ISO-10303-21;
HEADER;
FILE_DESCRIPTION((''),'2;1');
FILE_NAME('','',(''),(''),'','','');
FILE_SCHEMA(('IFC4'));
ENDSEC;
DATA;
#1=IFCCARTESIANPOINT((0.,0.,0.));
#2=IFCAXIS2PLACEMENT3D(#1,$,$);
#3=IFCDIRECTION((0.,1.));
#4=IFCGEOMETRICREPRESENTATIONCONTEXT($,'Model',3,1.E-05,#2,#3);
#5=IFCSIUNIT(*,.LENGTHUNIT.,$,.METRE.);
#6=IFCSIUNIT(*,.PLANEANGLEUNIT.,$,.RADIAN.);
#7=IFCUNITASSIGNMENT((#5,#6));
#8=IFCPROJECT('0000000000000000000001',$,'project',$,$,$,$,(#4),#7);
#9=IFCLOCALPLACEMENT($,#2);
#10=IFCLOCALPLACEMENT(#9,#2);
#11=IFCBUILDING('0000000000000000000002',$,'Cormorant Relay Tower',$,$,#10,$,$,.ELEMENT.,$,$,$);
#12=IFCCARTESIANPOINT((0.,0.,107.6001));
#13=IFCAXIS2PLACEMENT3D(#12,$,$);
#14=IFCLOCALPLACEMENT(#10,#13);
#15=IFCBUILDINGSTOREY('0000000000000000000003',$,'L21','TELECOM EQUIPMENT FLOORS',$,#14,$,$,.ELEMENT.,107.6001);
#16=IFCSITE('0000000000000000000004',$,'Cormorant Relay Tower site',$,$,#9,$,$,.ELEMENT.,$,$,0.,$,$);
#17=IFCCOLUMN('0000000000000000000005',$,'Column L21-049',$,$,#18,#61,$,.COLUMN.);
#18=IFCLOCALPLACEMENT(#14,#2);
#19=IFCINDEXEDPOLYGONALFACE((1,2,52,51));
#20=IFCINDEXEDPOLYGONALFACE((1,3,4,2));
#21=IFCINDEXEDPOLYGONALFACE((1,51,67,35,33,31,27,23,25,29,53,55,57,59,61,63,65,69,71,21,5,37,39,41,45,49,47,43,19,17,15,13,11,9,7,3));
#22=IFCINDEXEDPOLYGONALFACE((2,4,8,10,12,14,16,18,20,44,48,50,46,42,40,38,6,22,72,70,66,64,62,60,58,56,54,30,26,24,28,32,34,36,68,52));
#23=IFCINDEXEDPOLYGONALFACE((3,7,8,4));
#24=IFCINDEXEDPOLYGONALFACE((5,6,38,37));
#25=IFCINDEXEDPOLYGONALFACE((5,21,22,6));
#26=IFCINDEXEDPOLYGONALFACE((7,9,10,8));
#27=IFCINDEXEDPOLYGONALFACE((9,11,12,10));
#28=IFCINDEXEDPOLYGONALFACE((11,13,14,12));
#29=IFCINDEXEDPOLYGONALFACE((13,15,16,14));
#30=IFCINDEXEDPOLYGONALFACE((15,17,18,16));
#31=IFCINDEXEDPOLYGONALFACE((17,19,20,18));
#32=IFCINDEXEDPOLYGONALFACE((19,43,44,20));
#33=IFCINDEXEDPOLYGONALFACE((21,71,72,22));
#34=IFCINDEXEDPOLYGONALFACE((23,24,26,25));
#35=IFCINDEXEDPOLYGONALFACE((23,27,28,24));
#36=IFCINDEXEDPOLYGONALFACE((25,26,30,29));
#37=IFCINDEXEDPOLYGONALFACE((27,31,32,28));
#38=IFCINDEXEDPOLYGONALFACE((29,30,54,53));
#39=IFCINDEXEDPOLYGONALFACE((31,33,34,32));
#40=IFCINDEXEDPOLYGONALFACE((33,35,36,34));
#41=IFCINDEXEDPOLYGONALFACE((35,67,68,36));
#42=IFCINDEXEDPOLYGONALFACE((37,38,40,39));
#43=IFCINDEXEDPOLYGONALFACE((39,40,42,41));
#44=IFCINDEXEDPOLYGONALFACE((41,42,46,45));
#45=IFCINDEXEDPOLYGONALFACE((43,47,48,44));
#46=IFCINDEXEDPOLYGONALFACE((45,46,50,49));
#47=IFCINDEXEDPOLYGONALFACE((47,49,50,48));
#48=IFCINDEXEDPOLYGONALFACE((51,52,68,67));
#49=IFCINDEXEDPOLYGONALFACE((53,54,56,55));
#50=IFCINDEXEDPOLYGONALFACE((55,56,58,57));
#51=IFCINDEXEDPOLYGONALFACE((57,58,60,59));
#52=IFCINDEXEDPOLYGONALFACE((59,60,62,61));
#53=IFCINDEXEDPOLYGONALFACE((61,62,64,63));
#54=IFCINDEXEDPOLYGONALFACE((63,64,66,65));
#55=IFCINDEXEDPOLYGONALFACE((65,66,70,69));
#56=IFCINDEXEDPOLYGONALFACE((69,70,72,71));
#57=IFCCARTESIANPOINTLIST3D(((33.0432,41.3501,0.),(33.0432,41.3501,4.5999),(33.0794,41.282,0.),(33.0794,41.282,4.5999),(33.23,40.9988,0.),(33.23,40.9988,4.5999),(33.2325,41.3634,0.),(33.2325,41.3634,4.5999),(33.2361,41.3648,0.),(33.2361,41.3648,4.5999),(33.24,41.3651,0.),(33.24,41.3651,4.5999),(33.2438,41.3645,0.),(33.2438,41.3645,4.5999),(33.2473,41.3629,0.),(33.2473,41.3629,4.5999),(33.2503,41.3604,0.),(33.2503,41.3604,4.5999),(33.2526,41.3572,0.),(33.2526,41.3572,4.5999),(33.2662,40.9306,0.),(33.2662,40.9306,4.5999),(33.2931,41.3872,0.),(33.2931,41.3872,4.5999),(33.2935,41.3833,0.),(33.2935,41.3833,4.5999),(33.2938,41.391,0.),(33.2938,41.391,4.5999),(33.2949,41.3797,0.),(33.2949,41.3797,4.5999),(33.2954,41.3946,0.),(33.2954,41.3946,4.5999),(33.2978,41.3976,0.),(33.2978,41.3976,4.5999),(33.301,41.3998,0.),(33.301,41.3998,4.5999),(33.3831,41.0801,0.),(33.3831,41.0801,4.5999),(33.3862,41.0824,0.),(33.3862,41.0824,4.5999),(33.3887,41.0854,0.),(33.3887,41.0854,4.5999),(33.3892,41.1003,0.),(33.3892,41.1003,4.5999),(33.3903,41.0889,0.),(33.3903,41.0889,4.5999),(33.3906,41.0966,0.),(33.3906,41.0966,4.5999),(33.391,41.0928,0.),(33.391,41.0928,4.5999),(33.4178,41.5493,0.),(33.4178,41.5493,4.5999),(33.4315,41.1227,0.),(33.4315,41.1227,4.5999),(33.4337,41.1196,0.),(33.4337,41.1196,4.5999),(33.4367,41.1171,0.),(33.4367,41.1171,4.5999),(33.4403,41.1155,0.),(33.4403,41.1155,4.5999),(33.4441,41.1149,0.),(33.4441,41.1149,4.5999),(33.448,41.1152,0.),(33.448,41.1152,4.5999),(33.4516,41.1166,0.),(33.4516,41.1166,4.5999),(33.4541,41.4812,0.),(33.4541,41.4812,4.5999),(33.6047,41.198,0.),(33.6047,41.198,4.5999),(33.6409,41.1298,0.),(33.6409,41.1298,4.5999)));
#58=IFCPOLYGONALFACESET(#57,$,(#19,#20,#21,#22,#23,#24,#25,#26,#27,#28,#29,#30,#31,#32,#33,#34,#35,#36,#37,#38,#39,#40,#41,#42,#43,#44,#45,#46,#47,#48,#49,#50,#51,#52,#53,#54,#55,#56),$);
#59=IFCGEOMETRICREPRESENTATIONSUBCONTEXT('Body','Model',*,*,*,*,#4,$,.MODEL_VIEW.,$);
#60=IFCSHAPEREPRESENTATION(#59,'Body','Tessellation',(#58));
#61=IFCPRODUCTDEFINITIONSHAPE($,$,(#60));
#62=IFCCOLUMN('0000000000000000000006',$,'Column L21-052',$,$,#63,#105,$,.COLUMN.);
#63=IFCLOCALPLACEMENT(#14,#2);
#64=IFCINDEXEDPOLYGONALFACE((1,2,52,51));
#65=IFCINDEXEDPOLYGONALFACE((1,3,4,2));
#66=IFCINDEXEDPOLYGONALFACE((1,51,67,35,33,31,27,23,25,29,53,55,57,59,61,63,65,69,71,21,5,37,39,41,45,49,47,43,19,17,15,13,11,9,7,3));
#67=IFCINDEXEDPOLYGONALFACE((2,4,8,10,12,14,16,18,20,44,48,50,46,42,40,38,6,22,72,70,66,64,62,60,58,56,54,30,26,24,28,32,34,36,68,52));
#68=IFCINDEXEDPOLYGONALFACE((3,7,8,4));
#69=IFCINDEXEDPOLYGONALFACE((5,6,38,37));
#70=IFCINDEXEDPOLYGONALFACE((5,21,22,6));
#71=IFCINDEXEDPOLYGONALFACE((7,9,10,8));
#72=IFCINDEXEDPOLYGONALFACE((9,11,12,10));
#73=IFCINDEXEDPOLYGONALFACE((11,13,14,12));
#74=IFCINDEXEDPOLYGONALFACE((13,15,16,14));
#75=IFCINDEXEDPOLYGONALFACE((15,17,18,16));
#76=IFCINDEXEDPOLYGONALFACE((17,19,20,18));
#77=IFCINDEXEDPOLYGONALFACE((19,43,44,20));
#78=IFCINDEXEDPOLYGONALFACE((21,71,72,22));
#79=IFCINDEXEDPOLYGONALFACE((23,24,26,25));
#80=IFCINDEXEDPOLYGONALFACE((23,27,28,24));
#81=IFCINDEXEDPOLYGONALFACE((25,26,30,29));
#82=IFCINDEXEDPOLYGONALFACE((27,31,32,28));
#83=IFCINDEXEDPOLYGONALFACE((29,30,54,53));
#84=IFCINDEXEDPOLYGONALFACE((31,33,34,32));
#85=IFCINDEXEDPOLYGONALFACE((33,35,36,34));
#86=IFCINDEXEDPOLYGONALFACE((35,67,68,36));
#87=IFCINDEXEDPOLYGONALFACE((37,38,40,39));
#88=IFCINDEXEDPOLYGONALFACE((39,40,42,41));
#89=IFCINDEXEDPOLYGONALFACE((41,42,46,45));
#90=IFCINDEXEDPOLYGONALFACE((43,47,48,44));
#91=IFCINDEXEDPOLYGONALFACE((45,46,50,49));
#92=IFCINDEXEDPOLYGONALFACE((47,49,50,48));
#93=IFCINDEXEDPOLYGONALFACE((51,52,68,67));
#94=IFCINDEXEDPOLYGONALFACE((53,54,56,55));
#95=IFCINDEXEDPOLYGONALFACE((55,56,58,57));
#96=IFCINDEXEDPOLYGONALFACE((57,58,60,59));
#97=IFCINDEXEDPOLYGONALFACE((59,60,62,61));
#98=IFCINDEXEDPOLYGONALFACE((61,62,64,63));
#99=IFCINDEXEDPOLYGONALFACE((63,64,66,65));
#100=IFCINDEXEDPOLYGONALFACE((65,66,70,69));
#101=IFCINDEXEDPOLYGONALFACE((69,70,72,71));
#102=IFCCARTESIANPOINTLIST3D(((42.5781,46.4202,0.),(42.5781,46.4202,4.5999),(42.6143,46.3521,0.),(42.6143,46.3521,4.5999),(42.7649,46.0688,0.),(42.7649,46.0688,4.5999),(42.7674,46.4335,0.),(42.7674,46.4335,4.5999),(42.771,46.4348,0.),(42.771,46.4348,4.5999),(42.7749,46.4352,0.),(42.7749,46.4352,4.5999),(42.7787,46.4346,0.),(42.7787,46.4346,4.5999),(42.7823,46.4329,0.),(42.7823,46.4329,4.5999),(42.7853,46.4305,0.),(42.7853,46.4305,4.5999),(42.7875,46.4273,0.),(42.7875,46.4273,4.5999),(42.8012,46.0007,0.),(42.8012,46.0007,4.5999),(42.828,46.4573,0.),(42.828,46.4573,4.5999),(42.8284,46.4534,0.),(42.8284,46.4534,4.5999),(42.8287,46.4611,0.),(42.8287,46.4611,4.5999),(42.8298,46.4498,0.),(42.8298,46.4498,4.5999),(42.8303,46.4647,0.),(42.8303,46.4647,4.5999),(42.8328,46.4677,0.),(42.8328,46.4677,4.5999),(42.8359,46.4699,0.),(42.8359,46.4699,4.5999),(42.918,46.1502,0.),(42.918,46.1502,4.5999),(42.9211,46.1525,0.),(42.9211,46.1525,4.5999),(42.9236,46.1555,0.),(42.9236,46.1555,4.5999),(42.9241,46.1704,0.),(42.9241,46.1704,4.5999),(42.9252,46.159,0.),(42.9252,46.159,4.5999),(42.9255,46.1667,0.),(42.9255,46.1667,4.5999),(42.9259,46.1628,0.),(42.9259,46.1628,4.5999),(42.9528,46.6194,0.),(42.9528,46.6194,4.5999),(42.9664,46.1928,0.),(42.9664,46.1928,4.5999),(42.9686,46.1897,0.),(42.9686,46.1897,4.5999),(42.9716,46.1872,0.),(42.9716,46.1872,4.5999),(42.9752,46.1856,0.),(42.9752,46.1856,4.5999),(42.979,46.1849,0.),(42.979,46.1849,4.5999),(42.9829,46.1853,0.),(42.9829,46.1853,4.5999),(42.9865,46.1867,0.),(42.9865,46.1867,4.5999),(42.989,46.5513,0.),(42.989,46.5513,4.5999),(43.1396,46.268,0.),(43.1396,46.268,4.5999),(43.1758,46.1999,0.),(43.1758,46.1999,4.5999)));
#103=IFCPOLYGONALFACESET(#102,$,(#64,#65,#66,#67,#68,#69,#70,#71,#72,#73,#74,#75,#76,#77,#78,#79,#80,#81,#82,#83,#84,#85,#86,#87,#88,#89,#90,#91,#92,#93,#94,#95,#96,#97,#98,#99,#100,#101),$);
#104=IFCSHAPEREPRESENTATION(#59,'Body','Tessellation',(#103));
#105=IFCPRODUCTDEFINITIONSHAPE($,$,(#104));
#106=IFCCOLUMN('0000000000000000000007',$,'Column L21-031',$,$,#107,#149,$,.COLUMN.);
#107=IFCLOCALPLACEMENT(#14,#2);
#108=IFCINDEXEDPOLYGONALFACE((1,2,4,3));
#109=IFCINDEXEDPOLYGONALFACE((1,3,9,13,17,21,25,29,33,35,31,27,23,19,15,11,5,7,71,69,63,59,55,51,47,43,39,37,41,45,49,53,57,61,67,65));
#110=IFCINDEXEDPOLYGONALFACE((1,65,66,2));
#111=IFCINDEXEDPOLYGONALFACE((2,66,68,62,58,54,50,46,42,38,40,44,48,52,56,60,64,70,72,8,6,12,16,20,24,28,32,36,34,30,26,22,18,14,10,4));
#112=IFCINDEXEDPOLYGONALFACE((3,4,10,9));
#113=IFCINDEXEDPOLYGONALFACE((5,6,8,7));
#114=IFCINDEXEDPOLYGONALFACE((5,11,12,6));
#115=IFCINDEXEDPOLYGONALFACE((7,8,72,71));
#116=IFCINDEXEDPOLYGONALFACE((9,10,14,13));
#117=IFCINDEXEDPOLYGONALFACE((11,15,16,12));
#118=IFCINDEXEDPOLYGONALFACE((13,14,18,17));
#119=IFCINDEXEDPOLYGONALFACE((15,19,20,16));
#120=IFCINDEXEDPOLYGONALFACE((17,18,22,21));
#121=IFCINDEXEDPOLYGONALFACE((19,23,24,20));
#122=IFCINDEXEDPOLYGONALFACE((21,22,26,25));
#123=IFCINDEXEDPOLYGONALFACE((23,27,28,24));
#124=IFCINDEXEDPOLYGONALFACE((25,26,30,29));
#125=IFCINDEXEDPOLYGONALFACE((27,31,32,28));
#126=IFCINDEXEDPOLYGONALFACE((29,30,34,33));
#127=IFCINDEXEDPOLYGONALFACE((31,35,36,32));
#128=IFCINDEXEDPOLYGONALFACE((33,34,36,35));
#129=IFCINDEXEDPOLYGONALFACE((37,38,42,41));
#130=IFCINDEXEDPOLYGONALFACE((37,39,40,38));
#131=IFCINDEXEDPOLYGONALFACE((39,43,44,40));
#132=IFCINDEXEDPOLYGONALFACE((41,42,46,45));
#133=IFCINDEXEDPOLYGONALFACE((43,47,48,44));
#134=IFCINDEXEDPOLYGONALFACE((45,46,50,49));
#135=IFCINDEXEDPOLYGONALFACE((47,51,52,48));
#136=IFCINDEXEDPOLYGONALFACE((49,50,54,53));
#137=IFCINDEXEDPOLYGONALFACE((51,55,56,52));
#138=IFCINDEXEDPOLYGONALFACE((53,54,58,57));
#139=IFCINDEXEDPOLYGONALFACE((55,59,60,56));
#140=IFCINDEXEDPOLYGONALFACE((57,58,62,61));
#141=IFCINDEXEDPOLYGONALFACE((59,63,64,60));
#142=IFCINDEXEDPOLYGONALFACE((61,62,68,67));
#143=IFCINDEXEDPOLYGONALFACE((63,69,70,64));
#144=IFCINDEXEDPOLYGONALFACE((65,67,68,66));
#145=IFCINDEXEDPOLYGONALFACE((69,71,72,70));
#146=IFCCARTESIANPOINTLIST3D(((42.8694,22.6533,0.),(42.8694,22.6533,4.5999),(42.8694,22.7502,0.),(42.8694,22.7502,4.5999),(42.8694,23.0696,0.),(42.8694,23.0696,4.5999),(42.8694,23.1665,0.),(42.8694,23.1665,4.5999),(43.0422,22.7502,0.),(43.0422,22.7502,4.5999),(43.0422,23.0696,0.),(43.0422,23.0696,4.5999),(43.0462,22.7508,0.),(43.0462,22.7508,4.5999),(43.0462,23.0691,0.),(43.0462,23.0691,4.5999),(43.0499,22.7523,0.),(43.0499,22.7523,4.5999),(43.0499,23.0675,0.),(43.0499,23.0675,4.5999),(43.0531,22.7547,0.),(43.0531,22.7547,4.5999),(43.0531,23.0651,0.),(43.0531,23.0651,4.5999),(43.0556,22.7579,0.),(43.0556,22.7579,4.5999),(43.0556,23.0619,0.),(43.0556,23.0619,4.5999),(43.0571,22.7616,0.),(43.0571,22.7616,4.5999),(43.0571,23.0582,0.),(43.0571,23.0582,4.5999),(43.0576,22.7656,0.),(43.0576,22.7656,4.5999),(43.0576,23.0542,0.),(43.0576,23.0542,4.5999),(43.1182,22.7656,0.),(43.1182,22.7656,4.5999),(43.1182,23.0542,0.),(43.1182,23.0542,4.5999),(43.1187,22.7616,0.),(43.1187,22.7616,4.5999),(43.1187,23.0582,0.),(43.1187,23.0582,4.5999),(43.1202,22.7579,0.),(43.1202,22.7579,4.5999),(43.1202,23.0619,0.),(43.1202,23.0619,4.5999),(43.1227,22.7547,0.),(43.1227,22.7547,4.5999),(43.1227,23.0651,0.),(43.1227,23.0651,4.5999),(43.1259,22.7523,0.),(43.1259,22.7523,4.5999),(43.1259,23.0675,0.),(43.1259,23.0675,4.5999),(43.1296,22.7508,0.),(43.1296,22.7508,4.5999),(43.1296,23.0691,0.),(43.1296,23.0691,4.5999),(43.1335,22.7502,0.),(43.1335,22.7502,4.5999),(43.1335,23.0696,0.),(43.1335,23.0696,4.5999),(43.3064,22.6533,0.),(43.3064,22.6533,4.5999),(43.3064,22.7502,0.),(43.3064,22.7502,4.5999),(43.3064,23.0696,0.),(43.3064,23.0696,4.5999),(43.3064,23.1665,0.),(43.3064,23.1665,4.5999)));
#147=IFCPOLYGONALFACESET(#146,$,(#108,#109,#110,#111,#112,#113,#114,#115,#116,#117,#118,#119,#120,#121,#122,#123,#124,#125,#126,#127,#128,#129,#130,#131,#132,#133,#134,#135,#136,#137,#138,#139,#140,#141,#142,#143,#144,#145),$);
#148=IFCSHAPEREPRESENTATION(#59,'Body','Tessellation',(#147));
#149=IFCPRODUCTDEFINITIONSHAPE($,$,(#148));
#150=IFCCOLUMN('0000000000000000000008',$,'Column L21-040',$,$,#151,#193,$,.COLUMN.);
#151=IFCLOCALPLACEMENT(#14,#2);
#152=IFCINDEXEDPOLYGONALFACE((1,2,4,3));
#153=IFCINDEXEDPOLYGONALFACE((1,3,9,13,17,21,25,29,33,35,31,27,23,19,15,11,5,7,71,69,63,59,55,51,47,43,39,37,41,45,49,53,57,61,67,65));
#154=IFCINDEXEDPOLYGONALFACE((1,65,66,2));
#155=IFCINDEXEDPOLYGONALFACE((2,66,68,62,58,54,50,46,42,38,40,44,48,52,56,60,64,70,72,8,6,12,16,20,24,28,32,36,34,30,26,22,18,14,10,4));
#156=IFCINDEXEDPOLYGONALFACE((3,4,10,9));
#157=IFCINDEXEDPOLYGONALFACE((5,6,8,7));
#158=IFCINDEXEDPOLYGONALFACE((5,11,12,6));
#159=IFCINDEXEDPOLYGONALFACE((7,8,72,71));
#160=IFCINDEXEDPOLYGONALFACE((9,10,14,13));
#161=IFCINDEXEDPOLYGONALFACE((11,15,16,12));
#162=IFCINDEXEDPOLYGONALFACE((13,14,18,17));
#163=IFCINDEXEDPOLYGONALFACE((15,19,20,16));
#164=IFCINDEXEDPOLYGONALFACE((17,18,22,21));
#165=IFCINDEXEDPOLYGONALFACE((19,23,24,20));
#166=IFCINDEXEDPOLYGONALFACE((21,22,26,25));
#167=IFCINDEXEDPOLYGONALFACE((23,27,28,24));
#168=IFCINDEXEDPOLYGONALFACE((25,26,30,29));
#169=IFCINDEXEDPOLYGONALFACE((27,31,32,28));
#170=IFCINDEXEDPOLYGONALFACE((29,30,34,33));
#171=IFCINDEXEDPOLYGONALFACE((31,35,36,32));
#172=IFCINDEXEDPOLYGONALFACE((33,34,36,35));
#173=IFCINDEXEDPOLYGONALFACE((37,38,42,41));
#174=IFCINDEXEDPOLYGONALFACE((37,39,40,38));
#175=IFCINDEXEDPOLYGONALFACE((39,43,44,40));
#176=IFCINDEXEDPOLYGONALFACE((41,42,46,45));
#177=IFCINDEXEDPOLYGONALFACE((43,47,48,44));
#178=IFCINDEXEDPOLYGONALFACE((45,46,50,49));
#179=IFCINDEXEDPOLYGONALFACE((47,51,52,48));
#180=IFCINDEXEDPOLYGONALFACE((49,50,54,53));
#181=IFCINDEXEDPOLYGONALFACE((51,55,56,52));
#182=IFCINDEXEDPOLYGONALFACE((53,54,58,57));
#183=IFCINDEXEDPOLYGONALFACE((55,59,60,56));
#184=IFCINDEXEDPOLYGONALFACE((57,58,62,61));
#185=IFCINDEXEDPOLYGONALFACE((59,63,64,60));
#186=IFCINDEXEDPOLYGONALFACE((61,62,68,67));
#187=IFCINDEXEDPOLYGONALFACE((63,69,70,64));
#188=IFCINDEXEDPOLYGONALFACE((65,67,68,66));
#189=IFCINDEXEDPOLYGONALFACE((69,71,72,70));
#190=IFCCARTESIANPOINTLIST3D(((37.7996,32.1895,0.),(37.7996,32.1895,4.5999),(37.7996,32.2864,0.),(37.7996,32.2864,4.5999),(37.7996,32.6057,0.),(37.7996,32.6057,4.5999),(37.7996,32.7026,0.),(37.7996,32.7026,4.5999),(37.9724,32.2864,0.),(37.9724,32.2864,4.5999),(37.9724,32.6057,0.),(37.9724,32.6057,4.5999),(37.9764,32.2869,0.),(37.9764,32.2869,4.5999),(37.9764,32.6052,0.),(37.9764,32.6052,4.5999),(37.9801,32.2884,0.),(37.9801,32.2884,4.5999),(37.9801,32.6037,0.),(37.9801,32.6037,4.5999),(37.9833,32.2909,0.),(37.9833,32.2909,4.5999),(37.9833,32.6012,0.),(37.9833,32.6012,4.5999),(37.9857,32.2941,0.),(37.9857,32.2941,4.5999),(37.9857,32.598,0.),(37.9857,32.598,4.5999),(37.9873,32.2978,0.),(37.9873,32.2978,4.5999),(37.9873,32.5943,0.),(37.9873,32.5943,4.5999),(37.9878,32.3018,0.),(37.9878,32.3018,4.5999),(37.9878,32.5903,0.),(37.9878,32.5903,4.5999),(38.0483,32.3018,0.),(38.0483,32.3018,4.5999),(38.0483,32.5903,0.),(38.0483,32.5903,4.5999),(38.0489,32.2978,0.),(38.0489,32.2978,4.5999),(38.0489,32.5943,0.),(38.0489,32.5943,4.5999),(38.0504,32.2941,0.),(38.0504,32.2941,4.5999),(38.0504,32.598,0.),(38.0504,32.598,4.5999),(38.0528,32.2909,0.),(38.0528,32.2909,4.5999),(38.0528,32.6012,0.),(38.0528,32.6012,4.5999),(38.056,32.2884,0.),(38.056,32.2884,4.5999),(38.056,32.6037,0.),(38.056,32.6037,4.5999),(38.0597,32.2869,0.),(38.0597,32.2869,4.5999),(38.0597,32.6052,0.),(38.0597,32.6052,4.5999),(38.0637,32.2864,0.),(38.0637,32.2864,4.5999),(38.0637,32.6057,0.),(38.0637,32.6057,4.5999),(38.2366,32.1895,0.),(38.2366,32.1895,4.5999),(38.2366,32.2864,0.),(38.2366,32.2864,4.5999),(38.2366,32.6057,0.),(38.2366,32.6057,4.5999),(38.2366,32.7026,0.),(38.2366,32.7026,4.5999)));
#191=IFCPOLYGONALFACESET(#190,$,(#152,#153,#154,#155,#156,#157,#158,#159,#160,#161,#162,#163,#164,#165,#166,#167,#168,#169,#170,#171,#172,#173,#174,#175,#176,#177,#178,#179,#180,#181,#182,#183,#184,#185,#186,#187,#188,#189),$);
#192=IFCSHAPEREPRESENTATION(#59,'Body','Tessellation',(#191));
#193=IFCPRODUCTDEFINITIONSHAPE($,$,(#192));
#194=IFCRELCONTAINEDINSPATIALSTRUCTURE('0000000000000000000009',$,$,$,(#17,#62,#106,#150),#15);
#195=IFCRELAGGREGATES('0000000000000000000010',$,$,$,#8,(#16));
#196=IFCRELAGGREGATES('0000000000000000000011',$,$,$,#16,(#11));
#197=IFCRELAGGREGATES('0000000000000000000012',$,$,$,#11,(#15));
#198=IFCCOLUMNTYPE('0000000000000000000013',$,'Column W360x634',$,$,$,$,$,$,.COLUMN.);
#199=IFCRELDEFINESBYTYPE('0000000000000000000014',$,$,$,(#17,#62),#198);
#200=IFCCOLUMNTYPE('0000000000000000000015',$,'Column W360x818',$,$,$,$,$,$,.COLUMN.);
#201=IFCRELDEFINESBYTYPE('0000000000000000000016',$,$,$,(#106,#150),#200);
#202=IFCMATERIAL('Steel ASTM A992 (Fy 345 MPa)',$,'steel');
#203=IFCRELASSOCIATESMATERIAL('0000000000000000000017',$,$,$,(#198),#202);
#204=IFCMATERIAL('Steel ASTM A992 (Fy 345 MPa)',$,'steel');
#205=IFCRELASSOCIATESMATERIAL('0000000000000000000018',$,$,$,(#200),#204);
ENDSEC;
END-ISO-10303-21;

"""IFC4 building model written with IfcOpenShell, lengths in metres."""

from ifc_helpers import new_model, si_unit, direction, frame, origin, origin_2d, place, context, subcontext, project, spatial, i_section, extrude, material, material_profile, profile_set, type_object, element, save


model = new_model("IFC4")

# Units and contexts
model_context = context("Model", 3, precision=1e-05, world=origin(), true_north=direction((0.0, 1.0)))
body_context = subcontext(model_context, "Body", "Model", "MODEL_VIEW")
ifc_project = project(units=[si_unit("LENGTHUNIT", "METRE"), si_unit("PLANEANGLEUNIT", "RADIAN")], contexts=[model_context])

# Site, building, storey
site_placement = place(None, origin())
site = spatial("IfcSite", under=ifc_project, at=site_placement, Name="Cormorant Relay Tower site", CompositionType="ELEMENT", RefElevation=0.0)
building_placement = place(site_placement, origin())
building = spatial("IfcBuilding", under=site, at=building_placement, Name="Cormorant Relay Tower", CompositionType="ELEMENT")
storey_placement = place(building_placement, frame((0.0, 0.0, 107.6001)))
storey = spatial("IfcBuildingStorey", under=building, at=storey_placement, Name="L21", Description="TELECOM EQUIPMENT FLOORS", CompositionType="ELEMENT", Elevation=107.6001)

# Columns
ifc_material_1 = material(Name="Steel ASTM A992 (Fy 345 MPa)", Category="steel")
ifc_material_profile_1 = material_profile(ifc_material_1, i_section(OverallWidth=0.4243, OverallDepth=0.4751, WebThickness=0.0479, FlangeThickness=0.0771, FilletRadius=0.0149, at=origin_2d()), Name="W360x634")
ifc_profile_set_1 = profile_set([ifc_material_profile_1], Name="Steel ASTM A992 (Fy 345 MPa)")
column_type_1 = type_object("IfcColumnType", Name="Column W360x634", PredefinedType="COLUMN", material=ifc_profile_set_1)
for number, where, z_axis, x_axis, name in (
    (1, (33.342, 41.24, 0.0), (0.0, 0.0, 1.0), (-0.882948, -0.469472, 0.0), "Column L21-049"),
    (2, (42.877, 46.3101, 0.0), (0.0, 0.0, 1.0), (-0.882948, -0.469472, 0.0), "Column L21-052"),
):
    element("IfcColumn", number, at=place(storey_placement, frame(where, z_axis=z_axis, x_axis=x_axis)), inside=storey, type_object=column_type_1, Name=name, PredefinedType="COLUMN", context=body_context, shape_type="SweptSolid", body=[
        extrude(i_section(OverallWidth=0.4243, OverallDepth=0.4751, WebThickness=0.0479, FlangeThickness=0.0771, FilletRadius=0.0149, at=origin_2d()), origin(), (0.0, 0.0, 1.0), 4.5999),
    ])
ifc_material_2 = material(Name="Steel ASTM A992 (Fy 345 MPa)", Category="steel")
ifc_material_profile_2 = material_profile(ifc_material_2, i_section(OverallWidth=0.437, OverallDepth=0.5132, WebThickness=0.0605, FlangeThickness=0.0969, FilletRadius=0.0154, at=origin_2d()), Name="W360x818")
ifc_profile_set_2 = profile_set([ifc_material_profile_2], Name="Steel ASTM A992 (Fy 345 MPa)")
column_type_2 = type_object("IfcColumnType", Name="Column W360x818", PredefinedType="COLUMN", material=ifc_profile_set_2)
for number, where, z_axis, x_axis, name in (
    (3, (43.0879, 22.9099, 0.0), (0.0, 0.0, 1.0), (1.0, 0.0, 0.0), "Column L21-031"),
    (4, (38.0181, 32.446, 0.0), (0.0, 0.0, 1.0), (1.0, 0.0, 0.0), "Column L21-040"),
):
    element("IfcColumn", number, at=place(storey_placement, frame(where, z_axis=z_axis, x_axis=x_axis)), inside=storey, type_object=column_type_2, Name=name, PredefinedType="COLUMN", context=body_context, shape_type="SweptSolid", body=[
        extrude(i_section(OverallWidth=0.437, OverallDepth=0.5132, WebThickness=0.0605, FlangeThickness=0.0969, FilletRadius=0.0154, at=origin_2d()), origin(), (0.0, 0.0, 1.0), 4.5999),
    ])

save(model, "model.ifc")
